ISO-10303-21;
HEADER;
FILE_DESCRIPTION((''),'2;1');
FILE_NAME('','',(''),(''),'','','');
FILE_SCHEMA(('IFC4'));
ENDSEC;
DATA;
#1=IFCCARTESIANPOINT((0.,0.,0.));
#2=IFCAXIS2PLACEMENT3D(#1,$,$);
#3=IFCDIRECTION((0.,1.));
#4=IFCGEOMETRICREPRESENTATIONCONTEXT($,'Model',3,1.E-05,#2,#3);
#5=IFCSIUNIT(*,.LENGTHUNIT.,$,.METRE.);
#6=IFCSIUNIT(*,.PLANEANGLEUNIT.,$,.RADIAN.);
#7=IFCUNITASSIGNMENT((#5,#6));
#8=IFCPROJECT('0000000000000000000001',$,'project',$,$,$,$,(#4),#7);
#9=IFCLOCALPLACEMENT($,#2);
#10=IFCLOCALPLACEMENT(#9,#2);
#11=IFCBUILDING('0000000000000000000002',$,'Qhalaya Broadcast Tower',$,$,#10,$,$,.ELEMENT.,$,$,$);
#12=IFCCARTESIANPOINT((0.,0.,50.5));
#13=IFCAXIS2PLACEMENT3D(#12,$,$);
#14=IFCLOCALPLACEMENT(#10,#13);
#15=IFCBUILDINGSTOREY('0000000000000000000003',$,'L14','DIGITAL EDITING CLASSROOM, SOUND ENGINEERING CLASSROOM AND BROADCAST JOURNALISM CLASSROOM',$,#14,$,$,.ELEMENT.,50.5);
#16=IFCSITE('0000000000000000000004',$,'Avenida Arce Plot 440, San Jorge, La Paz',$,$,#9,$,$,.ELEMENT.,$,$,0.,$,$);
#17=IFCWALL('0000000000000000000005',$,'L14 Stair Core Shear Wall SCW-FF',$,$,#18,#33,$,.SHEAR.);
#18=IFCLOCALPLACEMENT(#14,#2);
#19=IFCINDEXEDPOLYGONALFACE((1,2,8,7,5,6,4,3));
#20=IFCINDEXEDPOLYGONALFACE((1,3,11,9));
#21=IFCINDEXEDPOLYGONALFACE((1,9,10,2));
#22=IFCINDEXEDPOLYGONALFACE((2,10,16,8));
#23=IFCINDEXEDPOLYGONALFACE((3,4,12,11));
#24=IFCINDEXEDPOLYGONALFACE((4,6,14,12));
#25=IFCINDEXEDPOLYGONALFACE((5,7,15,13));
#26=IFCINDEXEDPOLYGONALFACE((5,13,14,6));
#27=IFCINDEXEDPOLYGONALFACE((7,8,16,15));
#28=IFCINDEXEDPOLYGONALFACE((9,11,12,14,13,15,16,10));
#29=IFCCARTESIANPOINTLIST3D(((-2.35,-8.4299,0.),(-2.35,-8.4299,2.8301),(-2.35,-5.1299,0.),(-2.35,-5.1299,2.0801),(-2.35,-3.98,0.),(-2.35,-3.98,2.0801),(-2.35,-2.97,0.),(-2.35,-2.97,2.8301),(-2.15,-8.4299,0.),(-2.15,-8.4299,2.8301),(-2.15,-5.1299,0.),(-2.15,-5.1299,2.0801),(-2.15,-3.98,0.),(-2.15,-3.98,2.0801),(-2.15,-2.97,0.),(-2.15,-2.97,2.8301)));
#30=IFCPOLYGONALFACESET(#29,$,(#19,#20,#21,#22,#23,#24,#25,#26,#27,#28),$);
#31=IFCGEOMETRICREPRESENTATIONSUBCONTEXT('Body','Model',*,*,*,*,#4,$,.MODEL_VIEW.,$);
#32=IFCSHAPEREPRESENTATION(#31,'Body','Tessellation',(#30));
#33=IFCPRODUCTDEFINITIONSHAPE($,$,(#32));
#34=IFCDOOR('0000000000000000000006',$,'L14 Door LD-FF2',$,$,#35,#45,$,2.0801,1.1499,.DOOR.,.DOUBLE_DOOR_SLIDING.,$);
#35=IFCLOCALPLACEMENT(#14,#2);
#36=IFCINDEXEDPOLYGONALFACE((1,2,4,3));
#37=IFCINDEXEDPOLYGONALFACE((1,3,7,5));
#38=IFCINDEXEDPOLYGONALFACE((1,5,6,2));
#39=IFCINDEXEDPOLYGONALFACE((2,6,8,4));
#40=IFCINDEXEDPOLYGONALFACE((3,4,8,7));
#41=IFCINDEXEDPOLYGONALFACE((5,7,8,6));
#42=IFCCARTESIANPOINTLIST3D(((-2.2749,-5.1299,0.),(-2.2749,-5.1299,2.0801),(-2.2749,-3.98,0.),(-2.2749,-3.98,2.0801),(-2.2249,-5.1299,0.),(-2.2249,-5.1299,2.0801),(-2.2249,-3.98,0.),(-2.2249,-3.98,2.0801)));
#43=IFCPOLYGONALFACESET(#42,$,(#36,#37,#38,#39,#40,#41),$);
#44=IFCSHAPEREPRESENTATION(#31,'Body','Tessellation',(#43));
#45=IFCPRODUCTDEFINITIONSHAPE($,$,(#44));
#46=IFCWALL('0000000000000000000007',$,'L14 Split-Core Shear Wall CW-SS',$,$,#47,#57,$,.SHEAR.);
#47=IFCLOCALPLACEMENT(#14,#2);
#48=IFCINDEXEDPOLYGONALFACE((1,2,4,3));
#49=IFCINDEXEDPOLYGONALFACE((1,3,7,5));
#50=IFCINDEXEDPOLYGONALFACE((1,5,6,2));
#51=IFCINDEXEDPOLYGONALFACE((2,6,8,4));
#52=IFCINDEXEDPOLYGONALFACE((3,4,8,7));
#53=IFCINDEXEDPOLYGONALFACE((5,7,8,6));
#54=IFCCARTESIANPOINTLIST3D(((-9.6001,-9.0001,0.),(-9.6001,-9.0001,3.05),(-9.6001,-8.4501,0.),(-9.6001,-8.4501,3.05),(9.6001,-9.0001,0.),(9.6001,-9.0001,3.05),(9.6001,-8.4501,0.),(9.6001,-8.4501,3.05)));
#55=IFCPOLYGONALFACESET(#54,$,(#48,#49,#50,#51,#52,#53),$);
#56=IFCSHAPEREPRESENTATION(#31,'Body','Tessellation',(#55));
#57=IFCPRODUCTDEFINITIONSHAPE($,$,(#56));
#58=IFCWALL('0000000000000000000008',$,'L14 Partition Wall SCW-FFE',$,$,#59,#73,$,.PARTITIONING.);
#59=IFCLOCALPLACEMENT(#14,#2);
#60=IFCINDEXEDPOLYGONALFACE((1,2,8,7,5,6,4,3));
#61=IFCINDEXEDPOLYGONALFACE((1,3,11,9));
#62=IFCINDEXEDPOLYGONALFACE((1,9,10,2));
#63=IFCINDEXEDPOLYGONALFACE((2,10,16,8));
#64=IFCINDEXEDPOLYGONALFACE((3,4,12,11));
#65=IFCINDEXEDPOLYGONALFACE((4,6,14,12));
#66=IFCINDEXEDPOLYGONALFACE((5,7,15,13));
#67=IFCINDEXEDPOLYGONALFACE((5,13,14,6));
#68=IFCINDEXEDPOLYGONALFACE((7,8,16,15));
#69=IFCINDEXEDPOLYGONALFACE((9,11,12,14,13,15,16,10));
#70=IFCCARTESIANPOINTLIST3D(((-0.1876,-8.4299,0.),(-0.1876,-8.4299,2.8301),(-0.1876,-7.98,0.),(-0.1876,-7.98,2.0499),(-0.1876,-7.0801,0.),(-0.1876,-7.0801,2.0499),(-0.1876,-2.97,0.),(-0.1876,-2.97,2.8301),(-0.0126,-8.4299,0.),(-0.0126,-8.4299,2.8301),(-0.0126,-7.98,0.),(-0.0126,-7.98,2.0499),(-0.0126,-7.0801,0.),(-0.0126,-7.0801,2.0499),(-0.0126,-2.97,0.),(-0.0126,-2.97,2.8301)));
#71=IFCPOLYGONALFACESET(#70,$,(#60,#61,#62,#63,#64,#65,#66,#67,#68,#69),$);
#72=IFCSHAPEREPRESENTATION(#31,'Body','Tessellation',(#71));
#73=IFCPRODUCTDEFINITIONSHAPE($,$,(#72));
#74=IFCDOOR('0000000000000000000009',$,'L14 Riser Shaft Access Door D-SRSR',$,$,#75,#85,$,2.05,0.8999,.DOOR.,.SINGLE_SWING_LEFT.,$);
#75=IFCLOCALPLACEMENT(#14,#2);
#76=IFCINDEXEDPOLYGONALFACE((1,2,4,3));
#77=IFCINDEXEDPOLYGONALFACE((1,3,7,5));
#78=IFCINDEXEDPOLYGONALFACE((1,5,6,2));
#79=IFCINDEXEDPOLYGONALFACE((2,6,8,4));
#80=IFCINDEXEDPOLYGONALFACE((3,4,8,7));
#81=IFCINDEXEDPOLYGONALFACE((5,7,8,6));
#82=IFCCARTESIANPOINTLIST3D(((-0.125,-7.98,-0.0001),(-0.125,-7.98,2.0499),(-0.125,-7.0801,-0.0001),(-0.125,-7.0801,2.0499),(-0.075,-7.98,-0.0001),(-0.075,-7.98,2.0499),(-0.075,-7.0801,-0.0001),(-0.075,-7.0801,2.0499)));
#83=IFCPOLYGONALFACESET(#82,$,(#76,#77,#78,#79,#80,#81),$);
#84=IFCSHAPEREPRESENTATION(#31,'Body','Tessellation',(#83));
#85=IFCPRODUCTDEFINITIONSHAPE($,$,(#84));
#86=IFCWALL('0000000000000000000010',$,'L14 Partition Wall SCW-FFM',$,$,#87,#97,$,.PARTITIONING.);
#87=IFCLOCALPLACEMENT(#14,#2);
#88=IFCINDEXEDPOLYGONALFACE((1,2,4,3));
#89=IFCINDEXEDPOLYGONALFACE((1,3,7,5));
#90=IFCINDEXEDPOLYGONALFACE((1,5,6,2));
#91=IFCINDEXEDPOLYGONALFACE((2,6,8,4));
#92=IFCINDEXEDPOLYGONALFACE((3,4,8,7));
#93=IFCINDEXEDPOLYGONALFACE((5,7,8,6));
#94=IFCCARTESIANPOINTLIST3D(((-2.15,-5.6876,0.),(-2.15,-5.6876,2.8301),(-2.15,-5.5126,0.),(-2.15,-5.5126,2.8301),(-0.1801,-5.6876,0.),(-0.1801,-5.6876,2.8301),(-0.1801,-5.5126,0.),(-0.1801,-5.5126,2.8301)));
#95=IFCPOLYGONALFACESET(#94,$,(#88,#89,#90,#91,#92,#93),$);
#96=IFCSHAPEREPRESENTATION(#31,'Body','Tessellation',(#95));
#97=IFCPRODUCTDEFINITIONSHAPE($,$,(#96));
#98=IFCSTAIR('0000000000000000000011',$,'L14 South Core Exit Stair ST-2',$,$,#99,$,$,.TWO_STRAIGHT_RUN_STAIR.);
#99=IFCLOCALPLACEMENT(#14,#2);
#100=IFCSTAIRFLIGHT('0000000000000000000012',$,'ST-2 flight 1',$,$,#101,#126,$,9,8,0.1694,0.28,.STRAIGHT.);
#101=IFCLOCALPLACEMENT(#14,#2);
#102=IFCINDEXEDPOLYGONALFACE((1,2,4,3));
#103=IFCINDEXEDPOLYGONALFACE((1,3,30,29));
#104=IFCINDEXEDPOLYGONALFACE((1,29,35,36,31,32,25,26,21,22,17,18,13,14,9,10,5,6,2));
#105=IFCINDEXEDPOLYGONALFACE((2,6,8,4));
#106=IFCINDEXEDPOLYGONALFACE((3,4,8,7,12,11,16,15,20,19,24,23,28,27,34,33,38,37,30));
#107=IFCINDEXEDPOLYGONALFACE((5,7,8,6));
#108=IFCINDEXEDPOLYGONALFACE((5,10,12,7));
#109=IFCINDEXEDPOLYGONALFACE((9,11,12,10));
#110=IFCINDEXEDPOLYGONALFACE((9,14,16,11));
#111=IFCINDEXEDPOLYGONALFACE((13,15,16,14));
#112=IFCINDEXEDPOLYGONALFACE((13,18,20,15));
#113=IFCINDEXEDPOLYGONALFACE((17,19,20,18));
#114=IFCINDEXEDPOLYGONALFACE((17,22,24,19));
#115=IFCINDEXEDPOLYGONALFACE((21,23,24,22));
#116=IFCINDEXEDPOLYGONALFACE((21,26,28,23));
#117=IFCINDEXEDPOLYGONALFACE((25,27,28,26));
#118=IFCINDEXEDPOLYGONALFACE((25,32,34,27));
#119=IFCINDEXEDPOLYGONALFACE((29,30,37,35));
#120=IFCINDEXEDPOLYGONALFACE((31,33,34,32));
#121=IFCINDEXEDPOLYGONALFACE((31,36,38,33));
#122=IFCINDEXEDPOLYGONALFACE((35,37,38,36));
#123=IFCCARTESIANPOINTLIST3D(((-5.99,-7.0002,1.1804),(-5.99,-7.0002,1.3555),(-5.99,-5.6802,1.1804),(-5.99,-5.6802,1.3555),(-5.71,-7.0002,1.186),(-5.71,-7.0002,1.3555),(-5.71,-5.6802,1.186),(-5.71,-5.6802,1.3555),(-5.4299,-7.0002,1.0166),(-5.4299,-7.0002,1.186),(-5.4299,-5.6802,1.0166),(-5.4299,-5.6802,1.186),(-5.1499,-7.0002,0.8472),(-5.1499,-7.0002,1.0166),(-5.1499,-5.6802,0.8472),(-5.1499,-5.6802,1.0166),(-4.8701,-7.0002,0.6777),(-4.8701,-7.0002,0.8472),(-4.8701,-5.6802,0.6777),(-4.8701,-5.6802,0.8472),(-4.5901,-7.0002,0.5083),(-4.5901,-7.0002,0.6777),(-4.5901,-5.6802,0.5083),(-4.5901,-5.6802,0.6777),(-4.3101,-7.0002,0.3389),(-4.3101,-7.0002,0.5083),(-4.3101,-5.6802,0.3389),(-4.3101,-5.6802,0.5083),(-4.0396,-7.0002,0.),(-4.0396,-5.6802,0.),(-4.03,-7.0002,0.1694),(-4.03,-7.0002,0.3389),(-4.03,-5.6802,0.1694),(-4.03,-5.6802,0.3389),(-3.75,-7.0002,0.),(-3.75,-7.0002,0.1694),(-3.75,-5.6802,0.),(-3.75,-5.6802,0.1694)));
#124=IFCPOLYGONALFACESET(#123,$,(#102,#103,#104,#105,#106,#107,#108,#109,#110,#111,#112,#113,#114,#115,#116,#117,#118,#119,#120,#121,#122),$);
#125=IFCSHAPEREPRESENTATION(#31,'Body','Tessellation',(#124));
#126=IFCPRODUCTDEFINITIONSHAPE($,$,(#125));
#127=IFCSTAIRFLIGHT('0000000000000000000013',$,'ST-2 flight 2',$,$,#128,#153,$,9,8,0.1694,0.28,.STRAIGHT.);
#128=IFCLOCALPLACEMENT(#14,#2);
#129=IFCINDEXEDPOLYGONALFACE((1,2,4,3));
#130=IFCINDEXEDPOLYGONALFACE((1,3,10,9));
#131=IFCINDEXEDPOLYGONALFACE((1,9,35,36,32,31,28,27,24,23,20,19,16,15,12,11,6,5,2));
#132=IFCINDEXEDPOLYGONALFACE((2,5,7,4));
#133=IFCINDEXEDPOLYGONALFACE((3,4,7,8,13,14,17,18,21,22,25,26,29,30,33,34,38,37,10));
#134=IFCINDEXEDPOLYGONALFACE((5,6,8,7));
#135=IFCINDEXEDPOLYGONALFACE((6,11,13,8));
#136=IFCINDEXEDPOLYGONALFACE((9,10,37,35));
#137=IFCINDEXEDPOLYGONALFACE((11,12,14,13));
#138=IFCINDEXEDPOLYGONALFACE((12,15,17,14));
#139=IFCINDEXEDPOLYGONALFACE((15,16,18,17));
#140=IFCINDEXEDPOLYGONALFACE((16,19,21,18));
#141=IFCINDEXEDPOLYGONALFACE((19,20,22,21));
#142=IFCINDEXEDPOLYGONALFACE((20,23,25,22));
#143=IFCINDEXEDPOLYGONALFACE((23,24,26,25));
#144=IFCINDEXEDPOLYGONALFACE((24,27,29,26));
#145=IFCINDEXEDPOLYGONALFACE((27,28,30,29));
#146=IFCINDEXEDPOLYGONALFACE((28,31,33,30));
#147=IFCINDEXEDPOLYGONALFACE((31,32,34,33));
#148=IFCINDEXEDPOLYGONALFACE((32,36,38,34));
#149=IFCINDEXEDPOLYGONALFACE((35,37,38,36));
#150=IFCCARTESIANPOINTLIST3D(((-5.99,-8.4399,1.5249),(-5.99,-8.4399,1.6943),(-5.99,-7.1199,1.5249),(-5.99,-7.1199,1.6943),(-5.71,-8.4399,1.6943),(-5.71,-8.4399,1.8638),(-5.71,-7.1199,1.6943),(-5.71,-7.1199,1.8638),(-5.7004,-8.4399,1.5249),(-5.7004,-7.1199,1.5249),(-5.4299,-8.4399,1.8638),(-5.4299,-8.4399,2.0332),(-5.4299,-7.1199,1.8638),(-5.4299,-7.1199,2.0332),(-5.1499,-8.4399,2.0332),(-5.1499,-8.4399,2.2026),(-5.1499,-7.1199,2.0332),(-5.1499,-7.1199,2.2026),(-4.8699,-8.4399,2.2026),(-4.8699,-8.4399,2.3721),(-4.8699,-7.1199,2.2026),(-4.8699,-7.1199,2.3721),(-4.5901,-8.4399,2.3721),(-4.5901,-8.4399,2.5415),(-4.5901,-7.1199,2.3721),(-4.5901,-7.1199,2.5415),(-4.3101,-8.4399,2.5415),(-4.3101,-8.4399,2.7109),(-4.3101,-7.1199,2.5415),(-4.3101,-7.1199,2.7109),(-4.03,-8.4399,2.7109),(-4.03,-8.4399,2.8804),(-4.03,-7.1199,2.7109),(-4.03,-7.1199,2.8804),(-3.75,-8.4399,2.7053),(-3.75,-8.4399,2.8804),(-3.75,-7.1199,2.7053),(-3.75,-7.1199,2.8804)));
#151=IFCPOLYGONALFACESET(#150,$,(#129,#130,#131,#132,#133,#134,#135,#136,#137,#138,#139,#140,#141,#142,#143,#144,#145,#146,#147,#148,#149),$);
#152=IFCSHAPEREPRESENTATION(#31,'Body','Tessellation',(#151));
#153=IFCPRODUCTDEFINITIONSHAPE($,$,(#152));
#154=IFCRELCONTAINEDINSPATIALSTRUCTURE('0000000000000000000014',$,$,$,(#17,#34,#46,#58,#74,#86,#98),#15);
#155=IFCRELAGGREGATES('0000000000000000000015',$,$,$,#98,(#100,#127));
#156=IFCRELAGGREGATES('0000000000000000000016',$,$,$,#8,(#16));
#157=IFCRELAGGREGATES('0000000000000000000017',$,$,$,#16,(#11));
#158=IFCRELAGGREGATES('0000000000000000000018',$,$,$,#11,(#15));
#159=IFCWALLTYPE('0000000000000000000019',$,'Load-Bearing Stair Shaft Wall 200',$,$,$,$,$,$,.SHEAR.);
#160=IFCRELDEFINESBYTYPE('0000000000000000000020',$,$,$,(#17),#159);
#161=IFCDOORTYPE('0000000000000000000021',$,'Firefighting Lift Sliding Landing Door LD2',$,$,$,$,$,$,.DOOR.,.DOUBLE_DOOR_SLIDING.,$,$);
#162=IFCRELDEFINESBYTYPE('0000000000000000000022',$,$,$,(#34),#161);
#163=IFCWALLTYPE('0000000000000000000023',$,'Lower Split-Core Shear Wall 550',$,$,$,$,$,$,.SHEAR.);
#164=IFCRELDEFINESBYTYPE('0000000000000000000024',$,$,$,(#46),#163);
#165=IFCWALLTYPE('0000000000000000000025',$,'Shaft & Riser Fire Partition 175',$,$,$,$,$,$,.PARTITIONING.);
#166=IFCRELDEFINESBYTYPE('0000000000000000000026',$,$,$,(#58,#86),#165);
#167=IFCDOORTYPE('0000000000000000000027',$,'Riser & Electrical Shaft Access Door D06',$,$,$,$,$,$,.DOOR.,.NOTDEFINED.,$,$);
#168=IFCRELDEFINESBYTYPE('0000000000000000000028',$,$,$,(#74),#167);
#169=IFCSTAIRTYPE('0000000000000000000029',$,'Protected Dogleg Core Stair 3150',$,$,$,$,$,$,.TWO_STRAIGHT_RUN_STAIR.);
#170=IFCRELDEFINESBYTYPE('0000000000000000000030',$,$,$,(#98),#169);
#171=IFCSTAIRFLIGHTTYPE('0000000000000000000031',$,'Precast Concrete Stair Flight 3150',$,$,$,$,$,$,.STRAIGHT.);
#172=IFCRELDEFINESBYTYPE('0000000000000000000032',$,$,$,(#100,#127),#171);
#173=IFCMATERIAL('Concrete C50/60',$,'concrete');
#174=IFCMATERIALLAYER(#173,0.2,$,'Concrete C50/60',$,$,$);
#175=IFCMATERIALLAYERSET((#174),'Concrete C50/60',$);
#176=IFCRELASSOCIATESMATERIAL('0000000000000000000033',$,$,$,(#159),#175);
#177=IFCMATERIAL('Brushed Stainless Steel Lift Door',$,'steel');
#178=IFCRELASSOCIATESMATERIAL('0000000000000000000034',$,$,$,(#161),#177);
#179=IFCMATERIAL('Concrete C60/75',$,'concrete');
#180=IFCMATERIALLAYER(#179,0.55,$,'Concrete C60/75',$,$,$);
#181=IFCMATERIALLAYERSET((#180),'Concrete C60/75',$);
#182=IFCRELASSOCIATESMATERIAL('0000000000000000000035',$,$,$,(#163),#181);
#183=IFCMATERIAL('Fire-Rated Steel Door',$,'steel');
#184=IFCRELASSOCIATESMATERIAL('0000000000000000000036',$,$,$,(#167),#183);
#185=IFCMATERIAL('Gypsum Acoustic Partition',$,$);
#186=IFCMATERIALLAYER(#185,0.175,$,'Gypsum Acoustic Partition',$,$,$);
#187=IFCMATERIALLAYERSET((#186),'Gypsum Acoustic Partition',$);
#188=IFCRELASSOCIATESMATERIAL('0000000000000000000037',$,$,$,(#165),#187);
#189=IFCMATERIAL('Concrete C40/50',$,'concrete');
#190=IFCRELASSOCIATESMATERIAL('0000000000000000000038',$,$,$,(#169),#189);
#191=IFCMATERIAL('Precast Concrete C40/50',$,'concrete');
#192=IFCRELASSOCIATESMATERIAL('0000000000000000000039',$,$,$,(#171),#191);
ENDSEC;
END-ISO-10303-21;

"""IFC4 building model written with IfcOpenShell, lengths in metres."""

from ifc_helpers import new_model, si_unit, direction, frame, frame_2d, origin, place, context, subcontext, project, spatial, polyline, rectangle, outline, extrude, material, layer, layer_set, type_object, element, fill, aggregate, save


model = new_model("IFC4")

# Units and contexts
model_context = context("Model", 3, precision=1e-05, world=origin(), true_north=direction((0.0, 1.0)))
body_context = subcontext(model_context, "Body", "Model", "MODEL_VIEW")
ifc_project = project(units=[si_unit("LENGTHUNIT", "METRE"), si_unit("PLANEANGLEUNIT", "RADIAN")], contexts=[model_context])

# Site, building, storey
site_placement = place(None, origin())
site = spatial("IfcSite", under=ifc_project, at=site_placement, Name="Avenida Arce Plot 440, San Jorge, La Paz", CompositionType="ELEMENT", RefElevation=0.0)
building_placement = place(site_placement, origin())
building = spatial("IfcBuilding", under=site, at=building_placement, Name="Qhalaya Broadcast Tower", CompositionType="ELEMENT")
storey_placement = place(building_placement, frame((0.0, 0.0, 50.5)))
storey = spatial("IfcBuildingStorey", under=building, at=storey_placement, Name="L14", Description="DIGITAL EDITING CLASSROOM, SOUND ENGINEERING CLASSROOM AND BROADCAST JOURNALISM CLASSROOM", CompositionType="ELEMENT", Elevation=50.5)

# Shared definitions
ifc_material_1 = material(Name="Concrete C50/60", Category="concrete")

# Wall, opening, door
ifc_layer_1 = layer(ifc_material_1, 0.2, Name="Concrete C50/60")
ifc_layer_set_1 = layer_set([ifc_layer_1], Name="Concrete C50/60")
wall_type_1 = type_object("IfcWallType", Name="Load-Bearing Stair Shaft Wall 200", PredefinedType="SHEAR", material=ifc_layer_set_1)
ifc_material_2 = material(Name="Fire-Rated Steel Door", Category="steel")
wall_1_placement = place(storey_placement, frame((-2.25, -8.4299, 0.0), z_axis=(0.0, 0.0, 1.0), x_axis=(0.0, 1.0, 0.0)))
wall_1 = element("IfcWall", 1, at=wall_1_placement, inside=storey, type_object=wall_type_1, Name="L14 Stair Core Shear Wall SCW-FF", PredefinedType="SHEAR", context=body_context, shape_type="SweptSolid", body=[
    extrude(rectangle(XDim=5.46, YDim=0.2, at=frame_2d((2.73, 0.0))), origin(), (0.0, 0.0, 1.0), 2.8301),
])
opening_1_placement = place(wall_1_placement, frame((3.3, 0.0, 0.0)))
opening_1 = element("IfcOpeningElement", 2, at=opening_1_placement, cuts=wall_1, PredefinedType="OPENING", context=body_context, shape_type="SweptSolid", body=[
    extrude(rectangle(XDim=1.1499, YDim=2.0801, at=frame_2d((0.575, 1.04))), frame((0.0, 0.1121, 0.0), z_axis=(0.0, -1.0, 0.0), x_axis=(1.0, 0.0, 0.0)), (0.0, 0.0, 1.0), 0.2239),
])
ifc_material_3 = material(Name="Brushed Stainless Steel Lift Door", Category="steel")
door_type_1 = type_object("IfcDoorType", Name="Firefighting Lift Sliding Landing Door LD2", OperationType="DOUBLE_DOOR_SLIDING", PredefinedType="DOOR", material=ifc_material_3)
door_1_placement = place(opening_1_placement, origin())
door_1 = element("IfcDoor", 3, at=door_1_placement, inside=storey, type_object=door_type_1, Name="L14 Door LD-FF2", OperationType="DOUBLE_DOOR_SLIDING", OverallHeight=2.0801, OverallWidth=1.1499, PredefinedType="DOOR", context=body_context, shape_type="SweptSolid", body=[
    extrude(rectangle(XDim=1.1499, YDim=2.0801, at=frame_2d((0.575, 1.04))), frame((0.0, 0.0249, 0.0), z_axis=(0.0, -1.0, 0.0), x_axis=(1.0, 0.0, 0.0)), (0.0, 0.0, 1.0), 0.05),
])
fill(opening_1, door_1)

# Wall
ifc_material_4 = material(Name="Concrete C60/75", Category="concrete")
ifc_layer_2 = layer(ifc_material_4, 0.55, Name="Concrete C60/75")
ifc_layer_set_2 = layer_set([ifc_layer_2], Name="Concrete C60/75")
wall_type_2 = type_object("IfcWallType", Name="Lower Split-Core Shear Wall 550", PredefinedType="SHEAR", material=ifc_layer_set_2)
wall_2_placement = place(storey_placement, frame((-9.6001, -8.7251, 0.0), z_axis=(0.0, 0.0, 1.0), x_axis=(1.0, 0.0, 0.0)))
element("IfcWall", 4, at=wall_2_placement, inside=storey, type_object=wall_type_2, Name="L14 Split-Core Shear Wall CW-SS", PredefinedType="SHEAR", context=body_context, shape_type="SweptSolid", body=[
    extrude(rectangle(XDim=19.2002, YDim=0.55, at=frame_2d((9.6001, 0.0))), origin(), (0.0, 0.0, 1.0), 3.05),
])

# Shared definitions
door_type_2 = type_object("IfcDoorType", Name="Riser & Electrical Shaft Access Door D06", OperationType="NOTDEFINED", PredefinedType="DOOR", material=ifc_material_2)

# Wall, opening, door
ifc_material_5 = material(Name="Gypsum Acoustic Partition")
ifc_layer_3 = layer(ifc_material_5, 0.175, Name="Gypsum Acoustic Partition")
ifc_layer_set_3 = layer_set([ifc_layer_3], Name="Gypsum Acoustic Partition")
wall_type_3 = type_object("IfcWallType", Name="Shaft & Riser Fire Partition 175", PredefinedType="PARTITIONING", material=ifc_layer_set_3)
wall_3_placement = place(storey_placement, frame((-0.1001, -8.4299, 0.0), z_axis=(0.0, 0.0, 1.0), x_axis=(0.0, 1.0, 0.0)))
wall_3 = element("IfcWall", 5, at=wall_3_placement, inside=storey, type_object=wall_type_3, Name="L14 Partition Wall SCW-FFE", PredefinedType="PARTITIONING", context=body_context, shape_type="SweptSolid", body=[
    extrude(rectangle(XDim=5.46, YDim=0.175, at=frame_2d((2.73, 0.0))), origin(), (0.0, 0.0, 1.0), 2.8301),
])
opening_2_placement = place(wall_3_placement, frame((0.45, 0.0, 0.0)))
opening_2 = element("IfcOpeningElement", 6, at=opening_2_placement, cuts=wall_3, PredefinedType="OPENING", context=body_context, shape_type="SweptSolid", body=[
    extrude(rectangle(XDim=0.8999, YDim=2.05, at=frame_2d((0.45, 1.0249))), frame((0.0, 0.0996, 0.0), z_axis=(0.0, -1.0, 0.0), x_axis=(1.0, 0.0, 0.0)), (0.0, 0.0, 1.0), 0.199),
])
door_2_placement = place(opening_2_placement, origin())
door_2 = element("IfcDoor", 7, at=door_2_placement, inside=storey, type_object=door_type_2, Name="L14 Riser Shaft Access Door D-SRSR", OperationType="SINGLE_SWING_LEFT", OverallHeight=2.05, OverallWidth=0.8999, PredefinedType="DOOR", context=body_context, shape_type="SweptSolid", body=[
    extrude(rectangle(XDim=0.8999, YDim=2.05, at=frame_2d((0.45, 1.0249))), frame((0.0, 0.0249, 0.0), z_axis=(0.0, -1.0, 0.0), x_axis=(1.0, 0.0, 0.0)), (0.0, 0.0, 1.0), 0.05),
])
fill(opening_2, door_2)

# Wall
wall_4_placement = place(storey_placement, frame((-2.1499, -5.6001, 0.0), z_axis=(0.0, 0.0, 1.0), x_axis=(1.0, 0.0, 0.0)))
element("IfcWall", 8, at=wall_4_placement, inside=storey, type_object=wall_type_3, Name="L14 Partition Wall SCW-FFM", PredefinedType="PARTITIONING", context=body_context, shape_type="SweptSolid", body=[
    extrude(rectangle(XDim=1.97, YDim=0.175, at=frame_2d((0.9849, 0.0))), origin(), (0.0, 0.0, 1.0), 2.8301),
])

# Stair, stair flights
ifc_material_6 = material(Name="Concrete C40/50", Category="concrete")
stair_type = type_object("IfcStairType", Name="Protected Dogleg Core Stair 3150", PredefinedType="TWO_STRAIGHT_RUN_STAIR", material=ifc_material_6)
stair_placement = place(storey_placement, origin())
stair = element("IfcStair", 9, at=stair_placement, inside=storey, type_object=stair_type, Name="L14 South Core Exit Stair ST-2", PredefinedType="TWO_STRAIGHT_RUN_STAIR")
ifc_material_7 = material(Name="Precast Concrete C40/50", Category="concrete")
stair_flight_type = type_object("IfcStairFlightType", Name="Precast Concrete Stair Flight 3150", PredefinedType="STRAIGHT", material=ifc_material_7)
stair_flight_1_placement = place(storey_placement, frame((-3.75, -6.3401, 0.0), z_axis=(0.0, 0.0, 1.0), x_axis=(-1.0, 0.0, 0.0)))
stair_flight_1 = element("IfcStairFlight", 10, at=stair_flight_1_placement, type_object=stair_flight_type, Name="ST-2 flight 1", NumberOfRisers=9, NumberOfTreads=8, PredefinedType="STRAIGHT", RiserHeight=0.1694, TreadLength=0.28, context=body_context, shape_type="SweptSolid", body=[
    extrude(outline(polyline([(0.0, 0.0), (0.0, 0.1694), (0.28, 0.1694), (0.28, 0.3389), (0.5601, 0.3389), (0.5601, 0.5083), (0.8401, 0.5083), (0.8401, 0.6777), (1.1201, 0.6777), (1.1201, 0.8472), (1.3999, 0.8472), (1.3999, 1.0166), (1.6799, 1.0166), (1.6799, 1.186), (1.96, 1.186), (1.96, 1.3555), (2.24, 1.3555), (2.24, 1.5249), (2.24, 1.1804), (0.2896, 0.0), (0.0, 0.0)])), frame((0.0, 0.6602, 0.0), z_axis=(0.0, -1.0, 0.0), x_axis=(1.0, 0.0, 0.0)), (0.0, 0.0, 1.0), 1.3201),
])
stair_flight_2_placement = place(storey_placement, frame((-5.99, -7.78, 1.5249), z_axis=(0.0, 0.0, 1.0), x_axis=(1.0, 0.0, 0.0)))
stair_flight_2 = element("IfcStairFlight", 11, at=stair_flight_2_placement, type_object=stair_flight_type, Name="ST-2 flight 2", NumberOfRisers=9, NumberOfTreads=8, PredefinedType="STRAIGHT", RiserHeight=0.1694, TreadLength=0.28, context=body_context, shape_type="SweptSolid", body=[
    extrude(outline(polyline([(0.0, 0.0), (0.0, 0.1694), (0.28, 0.1694), (0.28, 0.3389), (0.5601, 0.3389), (0.5601, 0.5083), (0.8401, 0.5083), (0.8401, 0.6777), (1.1201, 0.6777), (1.1201, 0.8472), (1.3999, 0.8472), (1.3999, 1.0166), (1.6799, 1.0166), (1.6799, 1.186), (1.96, 1.186), (1.96, 1.3555), (2.24, 1.3555), (2.24, 1.5249), (2.24, 1.1804), (0.2896, 0.0), (0.0, 0.0)])), frame((0.0, 0.6602, 0.0), z_axis=(0.0, -1.0, 0.0), x_axis=(1.0, 0.0, 0.0)), (0.0, 0.0, 1.0), 1.3201),
])
aggregate(stair, [stair_flight_1, stair_flight_2])

save(model, "model.ifc")
